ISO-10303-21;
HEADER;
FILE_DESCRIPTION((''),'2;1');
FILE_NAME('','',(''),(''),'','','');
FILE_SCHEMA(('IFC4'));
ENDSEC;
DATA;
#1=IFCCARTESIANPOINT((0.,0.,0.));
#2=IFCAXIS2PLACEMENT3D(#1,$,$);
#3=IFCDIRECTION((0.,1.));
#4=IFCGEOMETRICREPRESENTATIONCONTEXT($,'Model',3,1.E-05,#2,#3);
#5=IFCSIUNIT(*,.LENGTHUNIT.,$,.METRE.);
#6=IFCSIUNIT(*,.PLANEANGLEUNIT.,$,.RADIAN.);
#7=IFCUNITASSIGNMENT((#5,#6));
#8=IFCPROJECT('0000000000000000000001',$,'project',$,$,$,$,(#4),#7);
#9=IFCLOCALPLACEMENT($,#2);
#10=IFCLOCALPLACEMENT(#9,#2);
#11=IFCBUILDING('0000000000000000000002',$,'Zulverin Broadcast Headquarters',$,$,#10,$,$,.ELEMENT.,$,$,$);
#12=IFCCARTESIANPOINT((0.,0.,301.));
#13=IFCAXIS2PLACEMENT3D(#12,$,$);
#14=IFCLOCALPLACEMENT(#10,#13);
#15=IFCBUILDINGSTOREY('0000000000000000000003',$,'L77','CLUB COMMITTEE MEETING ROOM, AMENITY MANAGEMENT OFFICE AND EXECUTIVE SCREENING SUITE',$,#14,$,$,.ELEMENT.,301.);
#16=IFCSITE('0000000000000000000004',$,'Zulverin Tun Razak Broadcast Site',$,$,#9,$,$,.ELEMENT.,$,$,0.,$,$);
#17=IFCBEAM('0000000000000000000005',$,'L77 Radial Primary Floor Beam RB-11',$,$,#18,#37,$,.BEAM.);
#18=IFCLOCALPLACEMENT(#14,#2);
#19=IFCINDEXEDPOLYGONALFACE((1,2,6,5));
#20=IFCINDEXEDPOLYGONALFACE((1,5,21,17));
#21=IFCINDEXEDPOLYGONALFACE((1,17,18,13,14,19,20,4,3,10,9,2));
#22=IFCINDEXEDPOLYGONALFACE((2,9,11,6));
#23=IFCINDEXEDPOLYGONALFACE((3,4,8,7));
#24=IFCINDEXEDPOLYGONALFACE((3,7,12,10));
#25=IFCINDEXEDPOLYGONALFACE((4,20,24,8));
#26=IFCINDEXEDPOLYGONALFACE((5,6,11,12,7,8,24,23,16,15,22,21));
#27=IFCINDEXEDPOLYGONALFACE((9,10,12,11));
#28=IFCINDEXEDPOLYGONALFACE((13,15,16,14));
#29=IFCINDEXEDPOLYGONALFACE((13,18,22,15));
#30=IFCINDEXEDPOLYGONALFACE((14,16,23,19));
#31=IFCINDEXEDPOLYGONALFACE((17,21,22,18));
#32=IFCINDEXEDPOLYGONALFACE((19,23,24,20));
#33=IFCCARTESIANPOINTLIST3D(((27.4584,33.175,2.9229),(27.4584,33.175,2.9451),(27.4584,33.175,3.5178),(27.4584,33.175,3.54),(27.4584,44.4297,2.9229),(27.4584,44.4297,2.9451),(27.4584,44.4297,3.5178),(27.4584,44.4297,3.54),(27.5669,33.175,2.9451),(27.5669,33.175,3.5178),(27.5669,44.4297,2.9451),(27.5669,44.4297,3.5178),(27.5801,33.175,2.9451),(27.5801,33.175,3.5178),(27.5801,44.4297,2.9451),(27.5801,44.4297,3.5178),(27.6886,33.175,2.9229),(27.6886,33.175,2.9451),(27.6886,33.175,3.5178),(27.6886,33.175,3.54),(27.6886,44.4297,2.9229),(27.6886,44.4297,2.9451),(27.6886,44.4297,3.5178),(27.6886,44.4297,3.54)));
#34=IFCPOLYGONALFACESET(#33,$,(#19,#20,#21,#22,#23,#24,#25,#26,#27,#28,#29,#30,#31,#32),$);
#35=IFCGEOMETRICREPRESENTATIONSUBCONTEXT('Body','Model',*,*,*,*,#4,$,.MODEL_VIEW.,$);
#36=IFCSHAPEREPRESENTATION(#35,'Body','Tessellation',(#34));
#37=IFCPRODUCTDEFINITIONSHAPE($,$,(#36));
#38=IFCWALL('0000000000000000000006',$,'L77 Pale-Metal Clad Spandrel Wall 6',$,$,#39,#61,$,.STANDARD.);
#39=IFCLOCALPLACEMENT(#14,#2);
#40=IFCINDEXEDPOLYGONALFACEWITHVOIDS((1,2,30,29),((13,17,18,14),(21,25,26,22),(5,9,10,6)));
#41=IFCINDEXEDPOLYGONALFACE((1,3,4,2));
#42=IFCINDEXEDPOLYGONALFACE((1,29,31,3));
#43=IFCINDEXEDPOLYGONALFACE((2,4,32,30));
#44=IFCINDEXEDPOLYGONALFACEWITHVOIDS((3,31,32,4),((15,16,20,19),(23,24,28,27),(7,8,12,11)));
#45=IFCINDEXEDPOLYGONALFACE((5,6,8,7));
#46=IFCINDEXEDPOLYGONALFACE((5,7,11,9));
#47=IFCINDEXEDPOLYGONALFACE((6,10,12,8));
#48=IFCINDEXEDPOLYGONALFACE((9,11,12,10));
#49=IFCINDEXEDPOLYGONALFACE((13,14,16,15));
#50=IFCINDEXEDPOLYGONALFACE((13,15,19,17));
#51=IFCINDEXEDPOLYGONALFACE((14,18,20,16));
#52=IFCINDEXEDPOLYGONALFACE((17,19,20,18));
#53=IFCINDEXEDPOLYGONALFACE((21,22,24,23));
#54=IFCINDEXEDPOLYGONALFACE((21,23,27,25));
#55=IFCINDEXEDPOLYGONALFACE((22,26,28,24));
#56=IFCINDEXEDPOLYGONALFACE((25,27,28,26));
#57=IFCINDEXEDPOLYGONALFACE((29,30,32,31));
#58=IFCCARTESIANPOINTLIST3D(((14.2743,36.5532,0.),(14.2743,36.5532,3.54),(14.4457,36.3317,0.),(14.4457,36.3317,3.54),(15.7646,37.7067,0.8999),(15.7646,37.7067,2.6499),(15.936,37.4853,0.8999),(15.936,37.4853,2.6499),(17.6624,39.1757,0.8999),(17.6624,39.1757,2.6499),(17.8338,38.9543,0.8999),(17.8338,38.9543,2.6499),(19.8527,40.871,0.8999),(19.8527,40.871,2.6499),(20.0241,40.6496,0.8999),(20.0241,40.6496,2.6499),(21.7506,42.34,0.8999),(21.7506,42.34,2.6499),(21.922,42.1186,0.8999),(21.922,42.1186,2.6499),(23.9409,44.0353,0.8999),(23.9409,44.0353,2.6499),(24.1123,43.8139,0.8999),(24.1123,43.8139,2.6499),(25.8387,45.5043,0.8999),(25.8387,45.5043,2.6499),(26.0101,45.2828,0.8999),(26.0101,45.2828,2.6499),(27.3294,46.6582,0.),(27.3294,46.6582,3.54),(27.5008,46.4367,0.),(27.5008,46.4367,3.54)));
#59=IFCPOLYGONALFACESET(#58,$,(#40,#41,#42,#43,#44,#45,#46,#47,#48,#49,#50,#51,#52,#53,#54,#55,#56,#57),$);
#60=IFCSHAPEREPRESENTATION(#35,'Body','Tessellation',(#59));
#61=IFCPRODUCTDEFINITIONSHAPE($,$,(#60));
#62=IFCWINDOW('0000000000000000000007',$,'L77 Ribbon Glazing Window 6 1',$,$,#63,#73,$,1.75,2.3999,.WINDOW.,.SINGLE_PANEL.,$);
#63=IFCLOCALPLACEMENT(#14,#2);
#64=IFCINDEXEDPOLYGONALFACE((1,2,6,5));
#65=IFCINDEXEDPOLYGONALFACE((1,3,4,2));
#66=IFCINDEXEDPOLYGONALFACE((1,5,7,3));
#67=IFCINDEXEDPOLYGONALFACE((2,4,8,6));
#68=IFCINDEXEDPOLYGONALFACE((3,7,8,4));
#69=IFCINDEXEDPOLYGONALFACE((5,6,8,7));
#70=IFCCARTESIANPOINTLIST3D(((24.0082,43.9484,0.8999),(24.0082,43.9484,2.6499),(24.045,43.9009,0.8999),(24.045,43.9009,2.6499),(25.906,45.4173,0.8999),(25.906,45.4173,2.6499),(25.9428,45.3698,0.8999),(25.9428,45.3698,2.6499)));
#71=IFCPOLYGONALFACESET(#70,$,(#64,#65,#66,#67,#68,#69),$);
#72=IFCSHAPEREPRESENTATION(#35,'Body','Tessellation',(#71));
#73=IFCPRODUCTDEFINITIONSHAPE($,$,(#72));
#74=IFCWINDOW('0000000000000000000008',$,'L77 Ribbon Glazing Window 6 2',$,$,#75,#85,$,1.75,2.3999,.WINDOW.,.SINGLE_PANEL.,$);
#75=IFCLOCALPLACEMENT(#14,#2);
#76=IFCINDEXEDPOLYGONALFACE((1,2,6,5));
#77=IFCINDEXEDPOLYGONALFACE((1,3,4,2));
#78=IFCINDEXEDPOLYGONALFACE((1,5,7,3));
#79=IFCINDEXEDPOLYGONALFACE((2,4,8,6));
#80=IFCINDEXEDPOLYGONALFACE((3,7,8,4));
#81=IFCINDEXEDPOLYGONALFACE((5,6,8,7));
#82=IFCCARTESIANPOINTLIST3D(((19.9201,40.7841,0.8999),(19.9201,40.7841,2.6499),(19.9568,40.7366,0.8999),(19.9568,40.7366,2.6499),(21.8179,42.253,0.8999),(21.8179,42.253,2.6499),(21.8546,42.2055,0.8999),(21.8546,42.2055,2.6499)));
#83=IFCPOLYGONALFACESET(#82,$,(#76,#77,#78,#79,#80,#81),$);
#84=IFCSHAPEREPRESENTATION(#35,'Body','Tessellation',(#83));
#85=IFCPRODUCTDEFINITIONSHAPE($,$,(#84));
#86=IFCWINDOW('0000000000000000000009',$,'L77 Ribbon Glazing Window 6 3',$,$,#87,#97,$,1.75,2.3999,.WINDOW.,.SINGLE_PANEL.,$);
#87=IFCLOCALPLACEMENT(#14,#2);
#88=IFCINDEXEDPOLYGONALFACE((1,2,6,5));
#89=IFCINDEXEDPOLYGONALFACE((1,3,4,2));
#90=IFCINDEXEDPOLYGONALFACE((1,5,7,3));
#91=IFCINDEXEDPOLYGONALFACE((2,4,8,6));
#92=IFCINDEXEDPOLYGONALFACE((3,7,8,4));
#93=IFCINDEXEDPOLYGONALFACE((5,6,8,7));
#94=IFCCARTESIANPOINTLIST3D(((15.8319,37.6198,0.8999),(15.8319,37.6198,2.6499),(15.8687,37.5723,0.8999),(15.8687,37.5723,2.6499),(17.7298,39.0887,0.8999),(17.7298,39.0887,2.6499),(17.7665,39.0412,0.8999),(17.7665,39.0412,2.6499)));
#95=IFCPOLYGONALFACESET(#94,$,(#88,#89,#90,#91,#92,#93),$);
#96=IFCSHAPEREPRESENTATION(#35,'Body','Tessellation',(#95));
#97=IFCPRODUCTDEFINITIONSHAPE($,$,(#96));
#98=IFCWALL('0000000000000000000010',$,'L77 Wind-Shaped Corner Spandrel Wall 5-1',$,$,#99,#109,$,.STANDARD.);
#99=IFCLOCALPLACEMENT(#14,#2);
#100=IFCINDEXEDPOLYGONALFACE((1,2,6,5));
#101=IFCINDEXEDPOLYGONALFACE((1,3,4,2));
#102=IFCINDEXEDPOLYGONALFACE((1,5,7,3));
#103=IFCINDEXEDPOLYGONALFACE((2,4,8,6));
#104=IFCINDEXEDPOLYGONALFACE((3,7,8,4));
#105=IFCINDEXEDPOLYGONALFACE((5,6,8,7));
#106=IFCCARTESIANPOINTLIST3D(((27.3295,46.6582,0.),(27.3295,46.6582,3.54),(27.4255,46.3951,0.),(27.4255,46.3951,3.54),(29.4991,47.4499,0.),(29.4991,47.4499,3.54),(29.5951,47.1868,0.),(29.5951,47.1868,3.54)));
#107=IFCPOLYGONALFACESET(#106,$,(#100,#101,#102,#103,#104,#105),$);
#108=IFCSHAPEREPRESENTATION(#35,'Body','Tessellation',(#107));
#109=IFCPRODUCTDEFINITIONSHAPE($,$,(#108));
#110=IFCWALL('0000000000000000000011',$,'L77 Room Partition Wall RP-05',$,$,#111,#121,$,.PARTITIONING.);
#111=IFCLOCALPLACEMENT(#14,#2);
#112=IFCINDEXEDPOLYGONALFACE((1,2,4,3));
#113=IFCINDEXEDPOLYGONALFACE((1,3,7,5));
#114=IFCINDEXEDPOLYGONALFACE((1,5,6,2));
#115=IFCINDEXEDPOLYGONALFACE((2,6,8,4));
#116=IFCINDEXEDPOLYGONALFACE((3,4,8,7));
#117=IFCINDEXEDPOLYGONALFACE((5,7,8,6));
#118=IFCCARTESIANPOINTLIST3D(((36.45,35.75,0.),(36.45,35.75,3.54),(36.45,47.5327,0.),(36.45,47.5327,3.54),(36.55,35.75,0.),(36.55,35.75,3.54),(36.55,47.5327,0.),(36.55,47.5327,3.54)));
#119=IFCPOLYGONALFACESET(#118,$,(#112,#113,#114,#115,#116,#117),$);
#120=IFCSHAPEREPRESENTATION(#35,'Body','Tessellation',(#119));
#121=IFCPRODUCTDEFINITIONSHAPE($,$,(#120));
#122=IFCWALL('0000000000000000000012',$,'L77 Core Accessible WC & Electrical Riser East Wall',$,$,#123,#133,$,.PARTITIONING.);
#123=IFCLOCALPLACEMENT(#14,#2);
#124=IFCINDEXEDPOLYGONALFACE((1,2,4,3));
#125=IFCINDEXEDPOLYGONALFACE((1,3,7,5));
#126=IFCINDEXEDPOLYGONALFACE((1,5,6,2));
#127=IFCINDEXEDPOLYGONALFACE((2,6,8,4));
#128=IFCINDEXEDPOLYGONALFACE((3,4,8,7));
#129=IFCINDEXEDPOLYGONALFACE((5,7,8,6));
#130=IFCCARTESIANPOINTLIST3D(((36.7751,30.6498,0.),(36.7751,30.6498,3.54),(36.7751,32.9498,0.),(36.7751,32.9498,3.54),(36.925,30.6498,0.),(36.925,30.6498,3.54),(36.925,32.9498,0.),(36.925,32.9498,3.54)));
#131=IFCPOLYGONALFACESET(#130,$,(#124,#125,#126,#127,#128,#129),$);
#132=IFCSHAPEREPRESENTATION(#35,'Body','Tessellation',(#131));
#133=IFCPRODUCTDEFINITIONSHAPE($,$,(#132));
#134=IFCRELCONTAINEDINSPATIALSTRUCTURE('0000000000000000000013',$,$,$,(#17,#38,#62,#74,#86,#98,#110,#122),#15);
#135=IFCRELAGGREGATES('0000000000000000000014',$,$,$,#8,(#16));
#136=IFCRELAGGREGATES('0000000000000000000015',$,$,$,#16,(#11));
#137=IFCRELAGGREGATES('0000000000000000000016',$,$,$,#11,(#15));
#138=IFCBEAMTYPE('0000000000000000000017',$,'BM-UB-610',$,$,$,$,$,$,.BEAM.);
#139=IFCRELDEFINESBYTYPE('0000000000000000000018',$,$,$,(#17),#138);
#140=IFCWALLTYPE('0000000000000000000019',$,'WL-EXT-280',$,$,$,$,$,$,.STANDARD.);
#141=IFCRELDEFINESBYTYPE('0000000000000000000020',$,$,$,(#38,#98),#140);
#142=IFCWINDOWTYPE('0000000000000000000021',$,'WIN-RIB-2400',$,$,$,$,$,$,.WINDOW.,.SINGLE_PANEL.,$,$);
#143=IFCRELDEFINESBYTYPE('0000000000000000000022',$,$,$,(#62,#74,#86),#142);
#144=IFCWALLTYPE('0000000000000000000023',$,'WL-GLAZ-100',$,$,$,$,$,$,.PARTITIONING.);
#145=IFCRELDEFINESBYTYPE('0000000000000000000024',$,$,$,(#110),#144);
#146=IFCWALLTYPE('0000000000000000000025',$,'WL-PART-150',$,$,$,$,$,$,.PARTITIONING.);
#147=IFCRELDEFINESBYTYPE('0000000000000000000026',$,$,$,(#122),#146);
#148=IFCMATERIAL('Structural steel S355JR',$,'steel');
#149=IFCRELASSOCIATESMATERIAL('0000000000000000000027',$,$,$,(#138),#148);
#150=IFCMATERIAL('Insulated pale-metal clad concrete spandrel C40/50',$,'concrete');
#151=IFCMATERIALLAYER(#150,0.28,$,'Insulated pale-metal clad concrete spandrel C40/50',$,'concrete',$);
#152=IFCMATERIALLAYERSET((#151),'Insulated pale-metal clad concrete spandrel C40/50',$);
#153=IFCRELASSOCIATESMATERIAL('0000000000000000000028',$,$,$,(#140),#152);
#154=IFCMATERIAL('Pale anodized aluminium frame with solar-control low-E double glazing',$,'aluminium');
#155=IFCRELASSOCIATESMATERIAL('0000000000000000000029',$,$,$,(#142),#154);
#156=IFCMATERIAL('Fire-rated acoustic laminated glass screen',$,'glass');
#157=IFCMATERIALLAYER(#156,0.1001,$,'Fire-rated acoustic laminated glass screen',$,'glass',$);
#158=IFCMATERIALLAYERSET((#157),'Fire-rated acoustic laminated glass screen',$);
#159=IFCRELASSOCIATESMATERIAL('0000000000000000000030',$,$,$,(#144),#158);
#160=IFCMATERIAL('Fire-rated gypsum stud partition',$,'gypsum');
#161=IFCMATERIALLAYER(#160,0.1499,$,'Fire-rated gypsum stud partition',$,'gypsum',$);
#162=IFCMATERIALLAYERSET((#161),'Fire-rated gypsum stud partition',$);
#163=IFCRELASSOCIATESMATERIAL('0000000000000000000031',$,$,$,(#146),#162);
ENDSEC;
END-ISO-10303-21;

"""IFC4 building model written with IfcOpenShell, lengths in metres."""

from ifc_helpers import new_model, si_unit, direction, frame, frame_2d, origin, origin_2d, place, context, subcontext, project, spatial, rectangle, i_section, extrude, material, layer, layer_set, material_profile, profile_set, type_object, element, fill, save


model = new_model("IFC4")

# Units and contexts
model_context = context("Model", 3, precision=1e-05, world=origin(), true_north=direction((0.0, 1.0)))
body_context = subcontext(model_context, "Body", "Model", "MODEL_VIEW")
ifc_project = project(units=[si_unit("LENGTHUNIT", "METRE"), si_unit("PLANEANGLEUNIT", "RADIAN")], contexts=[model_context])

# Site, building, storey
site_placement = place(None, origin())
site = spatial("IfcSite", under=ifc_project, at=site_placement, Name="Zulverin Tun Razak Broadcast Site", CompositionType="ELEMENT", RefElevation=0.0)
building_placement = place(site_placement, origin())
building = spatial("IfcBuilding", under=site, at=building_placement, Name="Zulverin Broadcast Headquarters", CompositionType="ELEMENT")
storey_placement = place(building_placement, frame((0.0, 0.0, 301.0)))
storey = spatial("IfcBuildingStorey", under=building, at=storey_placement, Name="L77", Description="CLUB COMMITTEE MEETING ROOM, AMENITY MANAGEMENT OFFICE AND EXECUTIVE SCREENING SUITE", CompositionType="ELEMENT", Elevation=301.0)

# Beam
ifc_material_1 = material(Name="Structural steel S355JR", Category="steel")
ifc_material_profile_1 = material_profile(ifc_material_1, i_section(OverallWidth=0.2302, OverallDepth=0.6172, WebThickness=0.0132, FlangeThickness=0.0222, at=origin_2d()), Name="Structural steel S355JR", Category="steel")
ifc_profile_set_1 = profile_set([ifc_material_profile_1], Name="Structural steel S355JR")
beam_type_1 = type_object("IfcBeamType", Name="BM-UB-610", PredefinedType="BEAM", material=ifc_profile_set_1)
beam_1_placement = place(storey_placement, frame((27.5735, 33.175, 3.2314), z_axis=(0.0, 1.0, 0.0), x_axis=(-1.0, 0.0, 0.0)))
element("IfcBeam", 1, at=beam_1_placement, inside=storey, type_object=beam_type_1, Name="L77 Radial Primary Floor Beam RB-11", PredefinedType="BEAM", context=body_context, shape_type="SweptSolid", body=[
    extrude(i_section(OverallWidth=0.2302, OverallDepth=0.6172, WebThickness=0.0132, FlangeThickness=0.0222, at=origin_2d()), origin(), (0.0, 0.0, 1.0), 11.2546),
])

# Wall, openings, windows
ifc_material_2 = material(Name="Insulated pale-metal clad concrete spandrel C40/50", Category="concrete")
ifc_layer_1 = layer(ifc_material_2, 0.28, Name="Insulated pale-metal clad concrete spandrel C40/50", Category="concrete")
ifc_layer_set_1 = layer_set([ifc_layer_1], Name="Insulated pale-metal clad concrete spandrel C40/50")
wall_type_1 = type_object("IfcWallType", Name="WL-EXT-280", PredefinedType="STANDARD", material=ifc_layer_set_1)
wall_1_placement = place(storey_placement, frame((27.415, 46.5474, 0.0), z_axis=(0.0, 0.0, 1.0), x_axis=(-0.79079, -0.612088, 0.0)))
wall_1 = element("IfcWall", 2, at=wall_1_placement, inside=storey, type_object=wall_type_1, Name="L77 Pale-Metal Clad Spandrel Wall 6", PredefinedType="STANDARD", context=body_context, shape_type="SweptSolid", body=[
    extrude(rectangle(XDim=16.509, YDim=0.28, at=frame_2d((8.2544, 0.0))), origin(), (0.0, 0.0, 1.0), 3.54),
])
opening_1_placement = place(wall_1_placement, frame((1.885, 0.0, 0.8999)))
opening_1 = element("IfcOpeningElement", 3, at=opening_1_placement, cuts=wall_1, PredefinedType="OPENING", context=body_context, shape_type="SweptSolid", body=[
    extrude(rectangle(XDim=2.3999, YDim=1.75, at=frame_2d((1.2, 0.875))), frame((0.0, 0.1499, 0.0), z_axis=(0.0, -1.0, 0.0), x_axis=(1.0, 0.0, 0.0)), (0.0, 0.0, 1.0), 0.3),
])
opening_2_placement = place(wall_1_placement, frame((7.0547, 0.0, 0.8999)))
opening_2 = element("IfcOpeningElement", 4, at=opening_2_placement, cuts=wall_1, PredefinedType="OPENING", context=body_context, shape_type="SweptSolid", body=[
    extrude(rectangle(XDim=2.3999, YDim=1.75, at=frame_2d((1.2, 0.875))), frame((0.0, 0.1499, 0.0), z_axis=(0.0, -1.0, 0.0), x_axis=(1.0, 0.0, 0.0)), (0.0, 0.0, 1.0), 0.3),
])
opening_3_placement = place(wall_1_placement, frame((12.2244, 0.0, 0.8999)))
opening_3 = element("IfcOpeningElement", 5, at=opening_3_placement, cuts=wall_1, PredefinedType="OPENING", context=body_context, shape_type="SweptSolid", body=[
    extrude(rectangle(XDim=2.3999, YDim=1.75, at=frame_2d((1.2, 0.875))), frame((0.0, 0.1499, 0.0), z_axis=(0.0, -1.0, 0.0), x_axis=(1.0, 0.0, 0.0)), (0.0, 0.0, 1.0), 0.3),
])
ifc_material_3 = material(Name="Pale anodized aluminium frame with solar-control low-E double glazing", Category="aluminium")
window_type = type_object("IfcWindowType", Name="WIN-RIB-2400", PartitioningType="SINGLE_PANEL", PredefinedType="WINDOW", material=ifc_material_3)
window_1_placement = place(opening_1_placement, origin())
window_1 = element("IfcWindow", 6, at=window_1_placement, inside=storey, type_object=window_type, Name="L77 Ribbon Glazing Window 6 1", OverallHeight=1.75, OverallWidth=2.3999, PartitioningType="SINGLE_PANEL", PredefinedType="WINDOW", context=body_context, shape_type="SweptSolid", body=[
    extrude(rectangle(XDim=2.3999, YDim=1.75, at=frame_2d((1.2, 0.875))), frame((0.0, 0.03, 0.0), z_axis=(0.0, -1.0, 0.0), x_axis=(1.0, 0.0, 0.0)), (0.0, 0.0, 1.0), 0.0601),
])
fill(opening_1, window_1)
window_2_placement = place(opening_2_placement, origin())
window_2 = element("IfcWindow", 7, at=window_2_placement, inside=storey, type_object=window_type, Name="L77 Ribbon Glazing Window 6 2", OverallHeight=1.75, OverallWidth=2.3999, PartitioningType="SINGLE_PANEL", PredefinedType="WINDOW", context=body_context, shape_type="SweptSolid", body=[
    extrude(rectangle(XDim=2.3999, YDim=1.75, at=frame_2d((1.2, 0.875))), frame((0.0, 0.03, 0.0), z_axis=(0.0, -1.0, 0.0), x_axis=(1.0, 0.0, 0.0)), (0.0, 0.0, 1.0), 0.0601),
])
fill(opening_2, window_2)
window_3_placement = place(opening_3_placement, origin())
window_3 = element("IfcWindow", 8, at=window_3_placement, inside=storey, type_object=window_type, Name="L77 Ribbon Glazing Window 6 3", OverallHeight=1.75, OverallWidth=2.3999, PartitioningType="SINGLE_PANEL", PredefinedType="WINDOW", context=body_context, shape_type="SweptSolid", body=[
    extrude(rectangle(XDim=2.3999, YDim=1.75, at=frame_2d((1.2, 0.875))), frame((0.0, 0.03, 0.0), z_axis=(0.0, -1.0, 0.0), x_axis=(1.0, 0.0, 0.0)), (0.0, 0.0, 1.0), 0.0601),
])
fill(opening_3, window_3)

# Walls
wall_2_placement = place(storey_placement, frame((29.5471, 47.3184, 0.0), z_axis=(0.0, 0.0, 1.0), x_axis=(-0.939407, -0.342804, 0.0)))
element("IfcWall", 9, at=wall_2_placement, inside=storey, type_object=wall_type_1, Name="L77 Wind-Shaped Corner Spandrel Wall 5-1", PredefinedType="STANDARD", context=body_context, shape_type="SweptSolid", body=[
    extrude(rectangle(XDim=2.3096, YDim=0.28, at=frame_2d((1.1548, 0.0))), origin(), (0.0, 0.0, 1.0), 3.54),
])
ifc_material_4 = material(Name="Fire-rated acoustic laminated glass screen", Category="glass")
ifc_layer_2 = layer(ifc_material_4, 0.1001, Name="Fire-rated acoustic laminated glass screen", Category="glass")
ifc_layer_set_2 = layer_set([ifc_layer_2], Name="Fire-rated acoustic laminated glass screen")
wall_type_2 = type_object("IfcWallType", Name="WL-GLAZ-100", PredefinedType="PARTITIONING", material=ifc_layer_set_2)
wall_3_placement = place(storey_placement, frame((36.5, 35.75, 0.0), z_axis=(0.0, 0.0, 1.0), x_axis=(0.0, 1.0, 0.0)))
element("IfcWall", 10, at=wall_3_placement, inside=storey, type_object=wall_type_2, Name="L77 Room Partition Wall RP-05", PredefinedType="PARTITIONING", context=body_context, shape_type="SweptSolid", body=[
    extrude(rectangle(XDim=11.7827, YDim=0.1001, at=frame_2d((5.8914, 0.0))), origin(), (0.0, 0.0, 1.0), 3.54),
])
ifc_material_5 = material(Name="Fire-rated gypsum stud partition", Category="gypsum")
ifc_layer_3 = layer(ifc_material_5, 0.1499, Name="Fire-rated gypsum stud partition", Category="gypsum")
ifc_layer_set_3 = layer_set([ifc_layer_3], Name="Fire-rated gypsum stud partition")
wall_type_3 = type_object("IfcWallType", Name="WL-PART-150", PredefinedType="PARTITIONING", material=ifc_layer_set_3)
wall_4_placement = place(storey_placement, frame((36.8501, 30.6499, 0.0), z_axis=(0.0, 0.0, 1.0), x_axis=(0.0, 1.0, 0.0)))
element("IfcWall", 11, at=wall_4_placement, inside=storey, type_object=wall_type_3, Name="L77 Core Accessible WC & Electrical Riser East Wall", PredefinedType="PARTITIONING", context=body_context, shape_type="SweptSolid", body=[
    extrude(rectangle(XDim=2.3, YDim=0.1499, at=frame_2d((1.1499, 0.0))), origin(), (0.0, 0.0, 1.0), 3.54),
])

save(model, "model.ifc")
